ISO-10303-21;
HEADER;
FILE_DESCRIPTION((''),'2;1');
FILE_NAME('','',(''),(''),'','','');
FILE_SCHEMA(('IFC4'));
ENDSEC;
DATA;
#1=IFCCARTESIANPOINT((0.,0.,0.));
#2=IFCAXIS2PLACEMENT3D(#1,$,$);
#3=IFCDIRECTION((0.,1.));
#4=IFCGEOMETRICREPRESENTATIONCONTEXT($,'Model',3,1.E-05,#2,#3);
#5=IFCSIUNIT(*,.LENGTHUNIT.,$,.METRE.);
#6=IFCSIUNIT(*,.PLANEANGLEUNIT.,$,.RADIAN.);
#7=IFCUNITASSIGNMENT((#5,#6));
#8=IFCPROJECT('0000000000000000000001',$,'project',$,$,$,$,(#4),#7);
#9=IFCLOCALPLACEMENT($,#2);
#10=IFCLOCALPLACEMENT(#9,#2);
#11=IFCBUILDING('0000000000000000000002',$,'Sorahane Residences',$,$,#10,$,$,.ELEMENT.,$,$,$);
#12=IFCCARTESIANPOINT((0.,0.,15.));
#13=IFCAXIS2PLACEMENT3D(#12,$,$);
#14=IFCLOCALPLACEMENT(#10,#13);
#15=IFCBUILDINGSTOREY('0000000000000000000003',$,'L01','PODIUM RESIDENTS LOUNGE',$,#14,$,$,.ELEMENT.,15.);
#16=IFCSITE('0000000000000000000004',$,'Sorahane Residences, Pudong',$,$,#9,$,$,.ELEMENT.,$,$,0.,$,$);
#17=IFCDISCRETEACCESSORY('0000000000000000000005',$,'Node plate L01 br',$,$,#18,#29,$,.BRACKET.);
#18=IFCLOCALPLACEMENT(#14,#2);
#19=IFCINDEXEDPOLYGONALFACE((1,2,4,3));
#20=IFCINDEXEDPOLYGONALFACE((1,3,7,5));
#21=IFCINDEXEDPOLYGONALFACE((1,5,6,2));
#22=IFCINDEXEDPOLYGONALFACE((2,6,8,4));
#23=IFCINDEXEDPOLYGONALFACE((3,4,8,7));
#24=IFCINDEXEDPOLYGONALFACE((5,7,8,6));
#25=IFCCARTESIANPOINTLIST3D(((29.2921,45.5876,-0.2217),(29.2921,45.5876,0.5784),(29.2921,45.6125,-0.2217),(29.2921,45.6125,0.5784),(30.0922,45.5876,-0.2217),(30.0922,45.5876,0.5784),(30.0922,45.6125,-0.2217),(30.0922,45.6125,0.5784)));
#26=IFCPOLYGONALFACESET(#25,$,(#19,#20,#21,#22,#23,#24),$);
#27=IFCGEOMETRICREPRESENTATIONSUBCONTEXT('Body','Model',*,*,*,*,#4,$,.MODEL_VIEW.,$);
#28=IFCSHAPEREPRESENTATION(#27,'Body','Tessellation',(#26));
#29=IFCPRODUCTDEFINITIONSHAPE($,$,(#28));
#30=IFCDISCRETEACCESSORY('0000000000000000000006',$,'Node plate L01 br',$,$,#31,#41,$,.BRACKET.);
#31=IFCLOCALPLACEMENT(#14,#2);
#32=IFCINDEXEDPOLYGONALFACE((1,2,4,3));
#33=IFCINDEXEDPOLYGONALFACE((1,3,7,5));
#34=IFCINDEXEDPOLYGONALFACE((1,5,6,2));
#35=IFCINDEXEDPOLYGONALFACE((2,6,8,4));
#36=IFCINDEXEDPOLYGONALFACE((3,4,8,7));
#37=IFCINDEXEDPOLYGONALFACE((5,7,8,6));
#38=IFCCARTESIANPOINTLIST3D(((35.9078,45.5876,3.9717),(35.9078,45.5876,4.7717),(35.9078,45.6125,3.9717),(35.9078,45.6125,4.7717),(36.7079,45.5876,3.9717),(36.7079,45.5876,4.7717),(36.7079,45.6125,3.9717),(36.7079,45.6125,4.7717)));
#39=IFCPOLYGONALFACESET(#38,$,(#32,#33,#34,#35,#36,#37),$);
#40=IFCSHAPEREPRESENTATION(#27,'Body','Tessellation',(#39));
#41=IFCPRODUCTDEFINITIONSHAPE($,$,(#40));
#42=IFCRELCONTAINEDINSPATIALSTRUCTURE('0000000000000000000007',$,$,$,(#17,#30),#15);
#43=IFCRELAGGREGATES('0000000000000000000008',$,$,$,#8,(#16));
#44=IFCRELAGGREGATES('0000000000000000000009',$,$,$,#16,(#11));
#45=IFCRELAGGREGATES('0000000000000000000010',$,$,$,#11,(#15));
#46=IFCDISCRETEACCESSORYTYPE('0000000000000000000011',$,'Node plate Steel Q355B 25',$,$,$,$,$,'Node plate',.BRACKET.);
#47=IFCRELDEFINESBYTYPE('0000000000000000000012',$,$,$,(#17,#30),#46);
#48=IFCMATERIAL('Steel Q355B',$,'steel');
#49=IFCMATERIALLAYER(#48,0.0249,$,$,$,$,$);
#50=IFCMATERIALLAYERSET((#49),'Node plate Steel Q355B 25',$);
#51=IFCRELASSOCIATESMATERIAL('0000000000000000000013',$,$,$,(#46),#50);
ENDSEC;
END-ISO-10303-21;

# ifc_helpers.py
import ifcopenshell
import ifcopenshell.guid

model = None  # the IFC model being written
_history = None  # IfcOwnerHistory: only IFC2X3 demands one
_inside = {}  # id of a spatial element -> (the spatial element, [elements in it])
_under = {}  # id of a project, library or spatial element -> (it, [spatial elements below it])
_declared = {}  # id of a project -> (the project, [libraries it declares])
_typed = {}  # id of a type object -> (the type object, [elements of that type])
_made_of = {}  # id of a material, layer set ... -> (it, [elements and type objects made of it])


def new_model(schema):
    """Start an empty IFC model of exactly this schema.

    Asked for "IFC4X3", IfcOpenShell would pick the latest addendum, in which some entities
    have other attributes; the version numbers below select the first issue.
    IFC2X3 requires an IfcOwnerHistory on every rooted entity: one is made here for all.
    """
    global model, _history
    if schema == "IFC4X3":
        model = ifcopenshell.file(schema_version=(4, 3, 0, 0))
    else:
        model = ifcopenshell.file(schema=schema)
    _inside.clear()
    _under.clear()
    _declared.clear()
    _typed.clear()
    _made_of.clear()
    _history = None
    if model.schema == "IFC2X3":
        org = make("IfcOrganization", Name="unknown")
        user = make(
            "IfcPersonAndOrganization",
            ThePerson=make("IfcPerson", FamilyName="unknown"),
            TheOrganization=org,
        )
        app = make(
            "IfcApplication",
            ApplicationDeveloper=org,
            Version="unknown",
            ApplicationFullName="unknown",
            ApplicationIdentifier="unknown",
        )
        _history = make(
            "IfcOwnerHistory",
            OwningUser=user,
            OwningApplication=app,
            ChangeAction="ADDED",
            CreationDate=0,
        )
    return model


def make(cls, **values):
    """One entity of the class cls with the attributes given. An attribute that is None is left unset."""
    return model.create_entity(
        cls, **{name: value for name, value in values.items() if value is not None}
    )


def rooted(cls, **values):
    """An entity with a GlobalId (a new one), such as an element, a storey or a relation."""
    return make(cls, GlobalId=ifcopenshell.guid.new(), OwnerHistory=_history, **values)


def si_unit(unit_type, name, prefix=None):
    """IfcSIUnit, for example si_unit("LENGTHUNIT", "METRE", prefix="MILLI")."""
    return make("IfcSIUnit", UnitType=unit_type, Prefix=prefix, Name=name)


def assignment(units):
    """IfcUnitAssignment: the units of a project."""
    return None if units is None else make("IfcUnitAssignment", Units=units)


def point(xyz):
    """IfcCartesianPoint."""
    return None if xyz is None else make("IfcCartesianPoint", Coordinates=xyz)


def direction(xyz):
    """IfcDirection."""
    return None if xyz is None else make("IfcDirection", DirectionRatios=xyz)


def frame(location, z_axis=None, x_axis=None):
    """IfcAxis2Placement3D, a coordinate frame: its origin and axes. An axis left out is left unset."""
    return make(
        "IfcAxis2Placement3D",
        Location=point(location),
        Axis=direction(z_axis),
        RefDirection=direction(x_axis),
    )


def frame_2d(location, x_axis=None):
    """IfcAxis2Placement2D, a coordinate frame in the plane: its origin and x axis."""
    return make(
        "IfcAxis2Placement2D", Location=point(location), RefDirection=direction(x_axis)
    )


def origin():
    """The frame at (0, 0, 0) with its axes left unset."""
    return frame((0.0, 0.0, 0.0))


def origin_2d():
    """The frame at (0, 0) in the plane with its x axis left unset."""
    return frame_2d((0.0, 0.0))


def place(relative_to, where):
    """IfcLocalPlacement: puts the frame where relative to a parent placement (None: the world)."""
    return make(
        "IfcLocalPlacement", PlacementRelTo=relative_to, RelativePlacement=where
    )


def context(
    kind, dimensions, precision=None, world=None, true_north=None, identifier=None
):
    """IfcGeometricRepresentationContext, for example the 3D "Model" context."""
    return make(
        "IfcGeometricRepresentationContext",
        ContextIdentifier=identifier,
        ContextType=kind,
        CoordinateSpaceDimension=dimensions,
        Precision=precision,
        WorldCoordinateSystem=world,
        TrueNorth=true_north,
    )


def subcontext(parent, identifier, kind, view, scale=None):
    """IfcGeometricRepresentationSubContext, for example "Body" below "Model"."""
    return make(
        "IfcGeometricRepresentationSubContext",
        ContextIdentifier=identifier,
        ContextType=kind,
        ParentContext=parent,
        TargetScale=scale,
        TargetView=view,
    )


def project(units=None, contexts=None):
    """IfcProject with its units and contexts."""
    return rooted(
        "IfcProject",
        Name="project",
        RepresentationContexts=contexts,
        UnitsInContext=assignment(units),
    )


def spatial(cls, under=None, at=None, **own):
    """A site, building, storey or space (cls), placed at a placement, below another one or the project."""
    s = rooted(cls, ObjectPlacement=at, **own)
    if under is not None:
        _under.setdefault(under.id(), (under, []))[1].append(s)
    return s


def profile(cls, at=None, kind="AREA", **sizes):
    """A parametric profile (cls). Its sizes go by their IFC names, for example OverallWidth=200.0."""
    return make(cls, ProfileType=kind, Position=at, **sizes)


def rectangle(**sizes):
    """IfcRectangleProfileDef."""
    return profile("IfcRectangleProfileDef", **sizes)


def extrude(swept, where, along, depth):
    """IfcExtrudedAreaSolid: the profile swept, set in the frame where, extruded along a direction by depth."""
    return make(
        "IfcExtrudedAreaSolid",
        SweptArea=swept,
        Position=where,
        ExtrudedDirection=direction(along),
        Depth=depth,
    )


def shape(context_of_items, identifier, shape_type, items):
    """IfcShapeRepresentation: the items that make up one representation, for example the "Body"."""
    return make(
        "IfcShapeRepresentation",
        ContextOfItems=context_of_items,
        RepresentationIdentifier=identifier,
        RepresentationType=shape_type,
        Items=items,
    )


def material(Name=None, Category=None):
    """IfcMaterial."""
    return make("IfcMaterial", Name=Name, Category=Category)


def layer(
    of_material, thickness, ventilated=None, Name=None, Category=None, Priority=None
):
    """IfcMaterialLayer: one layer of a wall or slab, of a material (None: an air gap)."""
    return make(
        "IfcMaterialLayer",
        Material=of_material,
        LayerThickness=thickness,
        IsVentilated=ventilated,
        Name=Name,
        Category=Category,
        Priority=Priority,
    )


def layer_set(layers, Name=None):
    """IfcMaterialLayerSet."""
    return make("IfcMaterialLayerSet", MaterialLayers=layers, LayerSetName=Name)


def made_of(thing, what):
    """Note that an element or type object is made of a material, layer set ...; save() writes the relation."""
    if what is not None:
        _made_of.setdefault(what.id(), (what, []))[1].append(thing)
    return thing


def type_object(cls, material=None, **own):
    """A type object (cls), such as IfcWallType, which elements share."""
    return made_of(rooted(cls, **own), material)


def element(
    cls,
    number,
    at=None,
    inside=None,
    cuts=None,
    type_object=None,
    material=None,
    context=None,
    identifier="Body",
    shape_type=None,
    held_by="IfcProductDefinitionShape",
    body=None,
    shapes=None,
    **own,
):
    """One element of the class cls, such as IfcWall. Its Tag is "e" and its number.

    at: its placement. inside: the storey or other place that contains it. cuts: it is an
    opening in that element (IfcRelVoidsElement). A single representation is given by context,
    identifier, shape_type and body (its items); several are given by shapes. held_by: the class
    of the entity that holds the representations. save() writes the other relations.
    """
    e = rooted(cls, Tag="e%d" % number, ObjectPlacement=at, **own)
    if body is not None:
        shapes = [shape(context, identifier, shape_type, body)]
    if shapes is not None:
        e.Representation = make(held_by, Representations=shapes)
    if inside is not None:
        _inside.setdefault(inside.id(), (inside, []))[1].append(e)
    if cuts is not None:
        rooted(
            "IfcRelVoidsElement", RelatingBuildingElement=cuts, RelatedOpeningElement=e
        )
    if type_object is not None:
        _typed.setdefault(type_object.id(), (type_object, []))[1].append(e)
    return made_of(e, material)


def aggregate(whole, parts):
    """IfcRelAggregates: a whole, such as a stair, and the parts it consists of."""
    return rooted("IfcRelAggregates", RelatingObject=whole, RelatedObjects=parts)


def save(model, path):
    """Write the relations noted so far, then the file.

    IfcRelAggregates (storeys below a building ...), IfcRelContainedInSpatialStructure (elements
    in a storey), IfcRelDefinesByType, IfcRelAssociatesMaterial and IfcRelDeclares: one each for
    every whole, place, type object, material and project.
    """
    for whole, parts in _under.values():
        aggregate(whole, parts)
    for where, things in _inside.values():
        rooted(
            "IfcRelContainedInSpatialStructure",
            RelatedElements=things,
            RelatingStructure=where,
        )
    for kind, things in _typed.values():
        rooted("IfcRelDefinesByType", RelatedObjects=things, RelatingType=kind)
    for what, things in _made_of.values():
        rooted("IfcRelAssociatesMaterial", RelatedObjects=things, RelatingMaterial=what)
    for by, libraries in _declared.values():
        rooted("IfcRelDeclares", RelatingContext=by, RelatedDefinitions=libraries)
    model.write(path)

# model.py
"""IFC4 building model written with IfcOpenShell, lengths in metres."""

from ifc_helpers import new_model, si_unit, direction, frame, origin, origin_2d, place, context, subcontext, project, spatial, rectangle, extrude, material, layer, layer_set, type_object, element, save


model = new_model("IFC4")

# Units and contexts
model_context = context("Model", 3, precision=1e-05, world=origin(), true_north=direction((0.0, 1.0)))
body_context = subcontext(model_context, "Body", "Model", "MODEL_VIEW")
ifc_project = project(units=[si_unit("LENGTHUNIT", "METRE"), si_unit("PLANEANGLEUNIT", "RADIAN")], contexts=[model_context])

# Site, building, storey
site_placement = place(None, origin())
site = spatial("IfcSite", under=ifc_project, at=site_placement, Name="Sorahane Residences, Pudong", CompositionType="ELEMENT", RefElevation=0.0)
building_placement = place(site_placement, origin())
building = spatial("IfcBuilding", under=site, at=building_placement, Name="Sorahane Residences", CompositionType="ELEMENT")
storey_placement = place(building_placement, frame((0.0, 0.0, 15.0)))
storey = spatial("IfcBuildingStorey", under=building, at=storey_placement, Name="L01", Description="PODIUM RESIDENTS LOUNGE", CompositionType="ELEMENT", Elevation=15.0)

# Discrete accessories
ifc_material_1 = material(Name="Steel Q355B", Category="steel")
ifc_layer_1 = layer(ifc_material_1, 0.0249)
ifc_layer_set_1 = layer_set([ifc_layer_1], Name="Node plate Steel Q355B 25")
discrete_accessory_type = type_object("IfcDiscreteAccessoryType", Name="Node plate Steel Q355B 25", ElementType="Node plate", PredefinedType="BRACKET", material=ifc_layer_set_1)
for number, where, z_axis, x_axis, name in (
    (1, (29.6921, 45.6001, -0.2217), (0.0, 0.0, 1.0), (1.0, 0.0, 0.0), "Node plate L01 br"),
    (2, (36.3079, 45.6001, 3.9717), (0.0, 0.0, 1.0), (1.0, 0.0, 0.0), "Node plate L01 br"),
):
    element("IfcDiscreteAccessory", number, at=place(storey_placement, frame(where, z_axis=z_axis, x_axis=x_axis)), inside=storey, type_object=discrete_accessory_type, Name=name, PredefinedType="BRACKET", context=body_context, shape_type="SweptSolid", body=[
        extrude(rectangle(XDim=0.8, YDim=0.0249, at=origin_2d()), origin(), (0.0, 0.0, 1.0), 0.8),
    ])

save(model, "model.ifc")
